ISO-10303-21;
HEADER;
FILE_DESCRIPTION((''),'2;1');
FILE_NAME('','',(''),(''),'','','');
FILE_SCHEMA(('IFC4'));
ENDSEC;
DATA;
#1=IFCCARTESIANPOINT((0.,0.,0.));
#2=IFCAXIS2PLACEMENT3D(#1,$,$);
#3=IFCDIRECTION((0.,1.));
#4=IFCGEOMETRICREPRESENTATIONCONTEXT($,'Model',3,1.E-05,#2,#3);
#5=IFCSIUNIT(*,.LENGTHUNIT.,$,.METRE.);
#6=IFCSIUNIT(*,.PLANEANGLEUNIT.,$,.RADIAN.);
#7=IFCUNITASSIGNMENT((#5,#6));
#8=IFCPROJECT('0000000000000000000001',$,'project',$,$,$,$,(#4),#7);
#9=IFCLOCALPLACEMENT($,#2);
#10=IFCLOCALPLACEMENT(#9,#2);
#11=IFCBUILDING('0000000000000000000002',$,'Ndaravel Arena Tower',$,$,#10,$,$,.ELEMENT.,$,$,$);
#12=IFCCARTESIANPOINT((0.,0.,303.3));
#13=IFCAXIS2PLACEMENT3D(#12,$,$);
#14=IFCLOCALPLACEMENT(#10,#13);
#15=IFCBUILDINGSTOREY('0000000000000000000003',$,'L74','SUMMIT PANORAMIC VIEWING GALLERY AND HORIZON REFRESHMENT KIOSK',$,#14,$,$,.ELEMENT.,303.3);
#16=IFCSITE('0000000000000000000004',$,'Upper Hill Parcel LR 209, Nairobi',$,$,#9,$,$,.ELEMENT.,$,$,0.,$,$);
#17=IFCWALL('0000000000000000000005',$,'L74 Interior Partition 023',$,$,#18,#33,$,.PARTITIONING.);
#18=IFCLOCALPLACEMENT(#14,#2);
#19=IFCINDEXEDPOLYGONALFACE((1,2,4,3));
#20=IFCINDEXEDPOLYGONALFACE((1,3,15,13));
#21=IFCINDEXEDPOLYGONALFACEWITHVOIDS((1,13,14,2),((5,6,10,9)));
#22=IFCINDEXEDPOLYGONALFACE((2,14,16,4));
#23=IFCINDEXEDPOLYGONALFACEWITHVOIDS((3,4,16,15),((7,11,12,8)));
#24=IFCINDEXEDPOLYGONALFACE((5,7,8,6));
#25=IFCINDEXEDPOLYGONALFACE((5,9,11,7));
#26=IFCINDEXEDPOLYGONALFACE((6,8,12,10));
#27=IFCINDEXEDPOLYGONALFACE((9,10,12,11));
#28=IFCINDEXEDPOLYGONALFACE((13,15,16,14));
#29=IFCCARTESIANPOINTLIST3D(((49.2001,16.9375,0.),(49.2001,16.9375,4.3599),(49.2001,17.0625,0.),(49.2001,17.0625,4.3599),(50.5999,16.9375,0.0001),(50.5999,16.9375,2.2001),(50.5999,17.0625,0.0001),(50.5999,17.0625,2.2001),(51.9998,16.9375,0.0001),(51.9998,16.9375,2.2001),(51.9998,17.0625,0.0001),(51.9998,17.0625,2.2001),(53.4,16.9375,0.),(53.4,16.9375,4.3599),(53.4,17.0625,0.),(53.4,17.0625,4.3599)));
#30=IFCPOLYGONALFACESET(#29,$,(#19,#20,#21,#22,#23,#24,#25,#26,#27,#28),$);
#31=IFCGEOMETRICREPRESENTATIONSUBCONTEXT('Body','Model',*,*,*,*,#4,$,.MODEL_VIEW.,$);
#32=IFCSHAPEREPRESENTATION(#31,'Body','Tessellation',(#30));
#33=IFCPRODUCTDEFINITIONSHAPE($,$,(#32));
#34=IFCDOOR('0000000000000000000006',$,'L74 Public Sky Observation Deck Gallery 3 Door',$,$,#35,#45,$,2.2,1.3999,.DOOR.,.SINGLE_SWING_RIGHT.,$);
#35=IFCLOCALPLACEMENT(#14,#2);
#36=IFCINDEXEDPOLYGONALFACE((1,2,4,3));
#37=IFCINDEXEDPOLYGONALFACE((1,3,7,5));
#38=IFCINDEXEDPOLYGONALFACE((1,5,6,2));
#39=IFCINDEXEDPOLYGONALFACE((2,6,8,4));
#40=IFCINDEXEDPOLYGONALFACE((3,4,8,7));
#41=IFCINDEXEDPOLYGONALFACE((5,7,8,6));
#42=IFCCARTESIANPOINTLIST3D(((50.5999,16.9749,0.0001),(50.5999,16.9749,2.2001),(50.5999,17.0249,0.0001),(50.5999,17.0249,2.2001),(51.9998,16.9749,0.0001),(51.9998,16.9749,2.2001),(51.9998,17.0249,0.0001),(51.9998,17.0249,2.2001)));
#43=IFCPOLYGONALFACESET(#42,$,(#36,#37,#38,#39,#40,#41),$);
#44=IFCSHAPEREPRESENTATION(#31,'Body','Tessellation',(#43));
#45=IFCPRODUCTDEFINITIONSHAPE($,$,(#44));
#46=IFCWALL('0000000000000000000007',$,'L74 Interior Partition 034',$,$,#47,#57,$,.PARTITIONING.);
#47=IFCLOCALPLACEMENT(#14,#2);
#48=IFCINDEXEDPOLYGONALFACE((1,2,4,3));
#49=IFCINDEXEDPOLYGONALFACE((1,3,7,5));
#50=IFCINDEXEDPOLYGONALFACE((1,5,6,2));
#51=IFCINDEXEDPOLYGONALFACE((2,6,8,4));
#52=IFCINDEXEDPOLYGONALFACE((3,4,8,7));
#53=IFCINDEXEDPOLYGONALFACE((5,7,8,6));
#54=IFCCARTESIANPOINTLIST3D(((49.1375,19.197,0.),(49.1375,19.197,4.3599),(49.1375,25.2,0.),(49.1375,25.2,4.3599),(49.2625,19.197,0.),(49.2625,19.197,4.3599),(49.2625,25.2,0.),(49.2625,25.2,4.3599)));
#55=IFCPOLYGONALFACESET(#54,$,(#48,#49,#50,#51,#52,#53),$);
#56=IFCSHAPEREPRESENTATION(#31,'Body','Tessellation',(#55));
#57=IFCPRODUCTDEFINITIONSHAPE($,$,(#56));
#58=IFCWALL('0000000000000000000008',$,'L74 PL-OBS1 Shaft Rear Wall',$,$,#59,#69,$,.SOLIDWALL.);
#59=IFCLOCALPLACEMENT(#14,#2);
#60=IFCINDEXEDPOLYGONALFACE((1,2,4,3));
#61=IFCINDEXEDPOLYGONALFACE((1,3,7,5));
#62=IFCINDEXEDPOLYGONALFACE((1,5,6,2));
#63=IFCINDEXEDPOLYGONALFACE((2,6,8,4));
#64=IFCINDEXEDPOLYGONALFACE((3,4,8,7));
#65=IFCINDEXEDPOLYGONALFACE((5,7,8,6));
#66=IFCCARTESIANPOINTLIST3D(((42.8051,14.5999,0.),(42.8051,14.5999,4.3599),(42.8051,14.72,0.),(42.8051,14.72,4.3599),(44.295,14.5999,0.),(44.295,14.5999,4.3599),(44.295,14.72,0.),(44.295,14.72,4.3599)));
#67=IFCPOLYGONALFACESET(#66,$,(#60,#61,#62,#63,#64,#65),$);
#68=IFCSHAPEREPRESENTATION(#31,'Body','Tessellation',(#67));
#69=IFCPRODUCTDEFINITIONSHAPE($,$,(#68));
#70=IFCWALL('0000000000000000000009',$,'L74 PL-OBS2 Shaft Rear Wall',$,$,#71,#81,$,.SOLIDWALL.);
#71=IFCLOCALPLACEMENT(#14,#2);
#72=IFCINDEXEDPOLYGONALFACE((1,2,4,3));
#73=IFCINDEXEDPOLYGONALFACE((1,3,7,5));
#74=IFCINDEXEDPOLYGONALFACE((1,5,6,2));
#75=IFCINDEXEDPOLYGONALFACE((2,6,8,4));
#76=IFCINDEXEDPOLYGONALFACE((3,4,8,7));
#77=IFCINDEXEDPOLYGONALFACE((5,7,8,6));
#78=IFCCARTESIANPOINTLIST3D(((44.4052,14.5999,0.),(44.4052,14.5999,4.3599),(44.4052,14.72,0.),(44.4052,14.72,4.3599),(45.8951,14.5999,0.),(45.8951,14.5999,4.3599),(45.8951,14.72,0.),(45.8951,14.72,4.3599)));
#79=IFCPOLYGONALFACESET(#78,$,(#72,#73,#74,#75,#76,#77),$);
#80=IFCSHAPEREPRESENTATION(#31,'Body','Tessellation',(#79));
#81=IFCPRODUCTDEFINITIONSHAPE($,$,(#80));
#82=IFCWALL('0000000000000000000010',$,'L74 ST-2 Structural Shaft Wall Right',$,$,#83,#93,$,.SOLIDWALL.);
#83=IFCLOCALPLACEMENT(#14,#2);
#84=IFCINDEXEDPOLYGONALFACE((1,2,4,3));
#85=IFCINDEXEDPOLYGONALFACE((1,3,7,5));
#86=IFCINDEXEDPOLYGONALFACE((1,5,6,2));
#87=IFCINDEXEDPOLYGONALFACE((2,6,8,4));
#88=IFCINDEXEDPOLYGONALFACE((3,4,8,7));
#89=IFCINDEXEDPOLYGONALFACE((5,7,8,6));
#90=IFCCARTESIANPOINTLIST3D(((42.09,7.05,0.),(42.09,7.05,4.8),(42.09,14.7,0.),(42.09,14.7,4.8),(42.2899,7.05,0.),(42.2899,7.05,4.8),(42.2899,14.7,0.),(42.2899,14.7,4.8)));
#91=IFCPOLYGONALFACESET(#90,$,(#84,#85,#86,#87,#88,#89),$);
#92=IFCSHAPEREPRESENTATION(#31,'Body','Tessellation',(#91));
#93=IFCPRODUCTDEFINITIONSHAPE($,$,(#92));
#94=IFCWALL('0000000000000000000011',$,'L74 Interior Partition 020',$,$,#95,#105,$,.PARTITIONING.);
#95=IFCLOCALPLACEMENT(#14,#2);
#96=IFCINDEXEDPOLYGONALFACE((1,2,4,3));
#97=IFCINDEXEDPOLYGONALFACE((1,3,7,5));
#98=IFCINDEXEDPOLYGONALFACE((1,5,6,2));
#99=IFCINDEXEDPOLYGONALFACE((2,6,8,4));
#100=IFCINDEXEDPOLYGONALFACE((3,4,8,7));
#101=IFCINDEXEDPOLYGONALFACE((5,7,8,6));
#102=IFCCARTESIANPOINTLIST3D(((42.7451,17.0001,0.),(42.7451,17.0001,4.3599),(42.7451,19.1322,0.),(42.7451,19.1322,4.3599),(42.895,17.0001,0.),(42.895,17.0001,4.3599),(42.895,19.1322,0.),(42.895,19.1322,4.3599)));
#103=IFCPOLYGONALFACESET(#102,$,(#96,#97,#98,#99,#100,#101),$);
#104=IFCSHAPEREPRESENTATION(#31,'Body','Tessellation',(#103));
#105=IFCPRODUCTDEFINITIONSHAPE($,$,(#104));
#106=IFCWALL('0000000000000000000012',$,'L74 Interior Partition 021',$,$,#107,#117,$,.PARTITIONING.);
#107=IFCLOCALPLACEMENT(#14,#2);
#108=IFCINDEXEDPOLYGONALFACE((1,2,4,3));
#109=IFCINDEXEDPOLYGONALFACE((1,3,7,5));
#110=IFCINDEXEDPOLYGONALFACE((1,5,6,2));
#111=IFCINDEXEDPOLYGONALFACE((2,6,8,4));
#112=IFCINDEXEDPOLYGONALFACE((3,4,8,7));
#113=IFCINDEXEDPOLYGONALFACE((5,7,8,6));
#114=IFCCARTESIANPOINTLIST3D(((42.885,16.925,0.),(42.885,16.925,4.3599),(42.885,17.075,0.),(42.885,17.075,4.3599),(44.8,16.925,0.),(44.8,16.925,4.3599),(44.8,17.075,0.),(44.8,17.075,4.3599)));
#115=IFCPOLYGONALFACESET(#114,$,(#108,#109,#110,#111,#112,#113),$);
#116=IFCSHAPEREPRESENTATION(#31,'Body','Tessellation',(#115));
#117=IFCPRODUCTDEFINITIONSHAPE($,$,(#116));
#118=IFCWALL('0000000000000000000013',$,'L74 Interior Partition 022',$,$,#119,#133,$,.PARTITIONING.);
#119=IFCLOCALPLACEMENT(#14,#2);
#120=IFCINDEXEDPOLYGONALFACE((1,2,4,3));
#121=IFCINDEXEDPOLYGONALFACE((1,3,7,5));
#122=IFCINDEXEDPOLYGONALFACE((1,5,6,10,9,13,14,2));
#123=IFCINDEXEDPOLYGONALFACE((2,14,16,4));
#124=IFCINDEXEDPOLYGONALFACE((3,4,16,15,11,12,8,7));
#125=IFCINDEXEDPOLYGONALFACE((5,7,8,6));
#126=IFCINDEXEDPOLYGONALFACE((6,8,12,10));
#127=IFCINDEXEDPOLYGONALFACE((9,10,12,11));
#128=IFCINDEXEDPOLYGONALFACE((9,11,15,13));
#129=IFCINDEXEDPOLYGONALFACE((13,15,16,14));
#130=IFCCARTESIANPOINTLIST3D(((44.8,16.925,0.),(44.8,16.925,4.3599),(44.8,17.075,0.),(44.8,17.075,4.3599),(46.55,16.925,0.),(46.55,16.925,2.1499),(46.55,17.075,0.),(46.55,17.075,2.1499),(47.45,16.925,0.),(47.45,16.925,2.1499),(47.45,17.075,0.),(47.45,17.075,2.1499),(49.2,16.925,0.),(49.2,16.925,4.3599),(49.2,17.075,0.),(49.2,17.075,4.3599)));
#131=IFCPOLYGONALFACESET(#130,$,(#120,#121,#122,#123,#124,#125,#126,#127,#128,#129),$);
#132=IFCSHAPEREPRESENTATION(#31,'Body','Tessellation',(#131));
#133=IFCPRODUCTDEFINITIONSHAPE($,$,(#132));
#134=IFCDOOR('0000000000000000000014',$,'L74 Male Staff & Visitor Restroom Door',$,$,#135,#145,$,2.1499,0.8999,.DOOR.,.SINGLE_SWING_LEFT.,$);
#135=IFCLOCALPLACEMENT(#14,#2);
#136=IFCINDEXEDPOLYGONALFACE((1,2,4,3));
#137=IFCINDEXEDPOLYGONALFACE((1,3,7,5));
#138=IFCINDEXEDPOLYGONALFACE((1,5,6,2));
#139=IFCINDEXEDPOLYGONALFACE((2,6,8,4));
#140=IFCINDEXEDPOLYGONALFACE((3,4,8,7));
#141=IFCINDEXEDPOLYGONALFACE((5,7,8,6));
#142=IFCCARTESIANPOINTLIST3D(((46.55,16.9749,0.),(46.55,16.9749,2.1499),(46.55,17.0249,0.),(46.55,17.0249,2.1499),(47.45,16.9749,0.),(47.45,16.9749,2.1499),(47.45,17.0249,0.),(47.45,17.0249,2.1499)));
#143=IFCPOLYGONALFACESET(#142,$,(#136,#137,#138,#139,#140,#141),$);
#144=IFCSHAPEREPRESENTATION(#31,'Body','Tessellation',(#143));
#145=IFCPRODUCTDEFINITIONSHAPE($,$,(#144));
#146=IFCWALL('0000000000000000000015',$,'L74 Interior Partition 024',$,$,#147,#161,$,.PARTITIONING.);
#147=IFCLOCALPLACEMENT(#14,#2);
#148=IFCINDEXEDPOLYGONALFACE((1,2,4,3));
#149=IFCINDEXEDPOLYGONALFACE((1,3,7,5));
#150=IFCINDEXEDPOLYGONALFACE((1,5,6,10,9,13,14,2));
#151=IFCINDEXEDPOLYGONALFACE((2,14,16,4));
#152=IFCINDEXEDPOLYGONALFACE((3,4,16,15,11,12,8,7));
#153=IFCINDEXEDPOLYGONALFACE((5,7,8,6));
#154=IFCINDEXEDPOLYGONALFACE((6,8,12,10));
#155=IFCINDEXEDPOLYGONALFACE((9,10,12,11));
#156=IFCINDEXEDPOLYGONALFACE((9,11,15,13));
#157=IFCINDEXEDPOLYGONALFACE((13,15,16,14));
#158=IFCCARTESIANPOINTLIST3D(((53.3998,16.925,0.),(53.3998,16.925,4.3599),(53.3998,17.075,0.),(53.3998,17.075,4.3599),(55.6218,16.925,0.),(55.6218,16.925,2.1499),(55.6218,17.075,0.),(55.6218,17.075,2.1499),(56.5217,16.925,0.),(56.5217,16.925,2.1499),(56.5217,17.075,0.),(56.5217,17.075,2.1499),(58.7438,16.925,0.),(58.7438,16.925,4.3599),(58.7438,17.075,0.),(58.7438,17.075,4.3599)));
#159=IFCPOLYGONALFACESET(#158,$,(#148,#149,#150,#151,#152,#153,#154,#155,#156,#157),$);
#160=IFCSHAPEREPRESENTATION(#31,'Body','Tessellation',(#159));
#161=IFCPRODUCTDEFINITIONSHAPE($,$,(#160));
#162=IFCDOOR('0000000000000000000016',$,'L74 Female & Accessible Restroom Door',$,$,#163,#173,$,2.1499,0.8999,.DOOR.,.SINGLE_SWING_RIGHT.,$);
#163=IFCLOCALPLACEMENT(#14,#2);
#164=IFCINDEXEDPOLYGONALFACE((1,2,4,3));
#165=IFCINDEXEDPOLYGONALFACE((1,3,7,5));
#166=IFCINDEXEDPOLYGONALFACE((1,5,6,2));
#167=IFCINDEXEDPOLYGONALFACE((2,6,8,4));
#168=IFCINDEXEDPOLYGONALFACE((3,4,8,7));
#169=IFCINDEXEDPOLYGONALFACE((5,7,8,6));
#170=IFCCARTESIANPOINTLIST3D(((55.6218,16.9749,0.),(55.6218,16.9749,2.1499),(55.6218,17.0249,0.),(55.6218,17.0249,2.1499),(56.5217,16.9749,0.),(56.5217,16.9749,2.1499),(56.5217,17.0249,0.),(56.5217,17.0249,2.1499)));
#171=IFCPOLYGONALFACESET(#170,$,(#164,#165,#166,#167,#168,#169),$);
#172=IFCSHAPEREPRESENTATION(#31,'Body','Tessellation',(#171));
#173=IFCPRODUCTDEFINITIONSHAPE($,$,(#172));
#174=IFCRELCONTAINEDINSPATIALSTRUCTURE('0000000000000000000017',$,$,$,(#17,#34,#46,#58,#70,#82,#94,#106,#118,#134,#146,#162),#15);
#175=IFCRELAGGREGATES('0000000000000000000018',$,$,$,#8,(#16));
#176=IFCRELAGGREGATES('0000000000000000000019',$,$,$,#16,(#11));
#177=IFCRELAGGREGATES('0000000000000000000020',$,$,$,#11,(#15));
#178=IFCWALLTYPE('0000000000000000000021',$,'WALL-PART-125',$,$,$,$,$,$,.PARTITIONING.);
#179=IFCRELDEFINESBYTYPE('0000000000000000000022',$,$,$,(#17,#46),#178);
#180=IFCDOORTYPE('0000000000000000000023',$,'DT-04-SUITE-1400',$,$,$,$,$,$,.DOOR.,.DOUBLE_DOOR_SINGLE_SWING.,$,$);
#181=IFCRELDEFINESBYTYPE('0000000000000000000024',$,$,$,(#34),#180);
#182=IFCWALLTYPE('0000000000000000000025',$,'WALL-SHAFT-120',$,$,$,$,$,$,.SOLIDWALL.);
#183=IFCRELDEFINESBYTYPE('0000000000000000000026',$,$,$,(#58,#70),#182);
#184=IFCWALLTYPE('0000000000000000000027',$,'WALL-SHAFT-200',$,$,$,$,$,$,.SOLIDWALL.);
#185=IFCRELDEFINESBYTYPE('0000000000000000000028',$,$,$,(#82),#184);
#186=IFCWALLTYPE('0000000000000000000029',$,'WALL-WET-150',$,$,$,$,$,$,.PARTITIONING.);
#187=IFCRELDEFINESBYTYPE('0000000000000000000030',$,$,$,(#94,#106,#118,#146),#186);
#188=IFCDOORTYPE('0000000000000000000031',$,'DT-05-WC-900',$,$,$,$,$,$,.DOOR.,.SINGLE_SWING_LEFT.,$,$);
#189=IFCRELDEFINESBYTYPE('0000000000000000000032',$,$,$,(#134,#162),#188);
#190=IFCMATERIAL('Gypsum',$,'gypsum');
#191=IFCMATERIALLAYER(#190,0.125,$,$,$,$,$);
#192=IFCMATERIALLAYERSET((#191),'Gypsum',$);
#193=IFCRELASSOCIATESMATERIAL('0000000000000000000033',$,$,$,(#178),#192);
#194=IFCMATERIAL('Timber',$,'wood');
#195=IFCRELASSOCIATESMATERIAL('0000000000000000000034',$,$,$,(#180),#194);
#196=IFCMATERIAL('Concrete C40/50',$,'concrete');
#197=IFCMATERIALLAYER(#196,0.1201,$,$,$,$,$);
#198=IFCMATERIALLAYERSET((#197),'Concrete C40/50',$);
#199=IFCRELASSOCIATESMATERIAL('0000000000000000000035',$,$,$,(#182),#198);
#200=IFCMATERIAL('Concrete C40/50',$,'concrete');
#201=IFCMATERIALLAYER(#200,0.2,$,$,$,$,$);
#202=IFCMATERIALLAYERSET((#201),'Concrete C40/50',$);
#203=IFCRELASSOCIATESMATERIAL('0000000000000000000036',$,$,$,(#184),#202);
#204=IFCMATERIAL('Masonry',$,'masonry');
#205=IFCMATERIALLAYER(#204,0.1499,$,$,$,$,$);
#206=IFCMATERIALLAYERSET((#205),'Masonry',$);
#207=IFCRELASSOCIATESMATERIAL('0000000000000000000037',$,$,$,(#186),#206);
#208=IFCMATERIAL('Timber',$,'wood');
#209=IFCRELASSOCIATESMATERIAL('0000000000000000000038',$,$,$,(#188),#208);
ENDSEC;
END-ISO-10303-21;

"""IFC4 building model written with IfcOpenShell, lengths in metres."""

from ifc_helpers import new_model, si_unit, direction, frame, frame_2d, origin, place, context, subcontext, project, spatial, rectangle, extrude, material, layer, layer_set, type_object, element, fill, save


model = new_model("IFC4")

# Units and contexts
model_context = context("Model", 3, precision=1e-05, world=origin(), true_north=direction((0.0, 1.0)))
body_context = subcontext(model_context, "Body", "Model", "MODEL_VIEW")
ifc_project = project(units=[si_unit("LENGTHUNIT", "METRE"), si_unit("PLANEANGLEUNIT", "RADIAN")], contexts=[model_context])

# Site, building, storey
site_placement = place(None, origin())
site = spatial("IfcSite", under=ifc_project, at=site_placement, Name="Upper Hill Parcel LR 209, Nairobi", CompositionType="ELEMENT", RefElevation=0.0)
building_placement = place(site_placement, origin())
building = spatial("IfcBuilding", under=site, at=building_placement, Name="Ndaravel Arena Tower", CompositionType="ELEMENT")
storey_placement = place(building_placement, frame((0.0, 0.0, 303.3)))
storey = spatial("IfcBuildingStorey", under=building, at=storey_placement, Name="L74", Description="SUMMIT PANORAMIC VIEWING GALLERY AND HORIZON REFRESHMENT KIOSK", CompositionType="ELEMENT", Elevation=303.3)

# Shared definitions
ifc_material_1 = material(Name="Gypsum", Category="gypsum")
ifc_layer_1 = layer(ifc_material_1, 0.125)
ifc_layer_set_1 = layer_set([ifc_layer_1], Name="Gypsum")
wall_type_1 = type_object("IfcWallType", Name="WALL-PART-125", PredefinedType="PARTITIONING", material=ifc_layer_set_1)

# Wall, opening, door
wall_1_placement = place(storey_placement, frame((49.2, 17.0, 0.0), z_axis=(0.0, 0.0, 1.0), x_axis=(1.0, 0.0, 0.0)))
wall_1 = element("IfcWall", 1, at=wall_1_placement, inside=storey, type_object=wall_type_1, Name="L74 Interior Partition 023", PredefinedType="PARTITIONING", context=body_context, shape_type="SweptSolid", body=[
    extrude(rectangle(XDim=4.2, YDim=0.125, at=frame_2d((2.1001, 0.0))), origin(), (0.0, 0.0, 1.0), 4.3599),
])
opening_1_placement = place(wall_1_placement, frame((1.3999, 0.0, 0.0)))
opening_1 = element("IfcOpeningElement", 2, at=opening_1_placement, cuts=wall_1, PredefinedType="OPENING", context=body_context, shape_type="SweptSolid", body=[
    extrude(rectangle(XDim=1.3999, YDim=2.2, at=frame_2d((0.7, 1.1001))), frame((0.0, 0.0625, 0.0), z_axis=(0.0, -1.0, 0.0), x_axis=(1.0, 0.0, 0.0)), (0.0, 0.0, 1.0), 0.125),
])
ifc_material_2 = material(Name="Timber", Category="wood")
door_type_1 = type_object("IfcDoorType", Name="DT-04-SUITE-1400", OperationType="DOUBLE_DOOR_SINGLE_SWING", PredefinedType="DOOR", material=ifc_material_2)
door_1_placement = place(opening_1_placement, origin())
door_1 = element("IfcDoor", 3, at=door_1_placement, inside=storey, type_object=door_type_1, Name="L74 Public Sky Observation Deck Gallery 3 Door", OperationType="SINGLE_SWING_RIGHT", OverallHeight=2.2, OverallWidth=1.3999, PredefinedType="DOOR", context=body_context, shape_type="SweptSolid", body=[
    extrude(rectangle(XDim=1.3999, YDim=2.2, at=frame_2d((0.7, 1.1001))), frame((0.0, 0.0249, 0.0), z_axis=(0.0, -1.0, 0.0), x_axis=(1.0, 0.0, 0.0)), (0.0, 0.0, 1.0), 0.05),
])
fill(opening_1, door_1)

# Walls
wall_2_placement = place(storey_placement, frame((49.2, 19.197, 0.0), z_axis=(0.0, 0.0, 1.0), x_axis=(0.0, 1.0, 0.0)))
element("IfcWall", 4, at=wall_2_placement, inside=storey, type_object=wall_type_1, Name="L74 Interior Partition 034", PredefinedType="PARTITIONING", context=body_context, shape_type="SweptSolid", body=[
    extrude(rectangle(XDim=6.0029, YDim=0.125, at=frame_2d((3.0015, 0.0))), origin(), (0.0, 0.0, 1.0), 4.3599),
])
ifc_material_3 = material(Name="Concrete C40/50", Category="concrete")
ifc_layer_2 = layer(ifc_material_3, 0.1201)
ifc_layer_set_2 = layer_set([ifc_layer_2], Name="Concrete C40/50")
wall_type_2 = type_object("IfcWallType", Name="WALL-SHAFT-120", PredefinedType="SOLIDWALL", material=ifc_layer_set_2)
for number, where, z_axis, x_axis, name in (
    (5, (42.8049, 14.6599, 0.0), (0.0, 0.0, 1.0), (1.0, 0.0, 0.0), "L74 PL-OBS1 Shaft Rear Wall"),
    (6, (44.405, 14.6599, 0.0), (0.0, 0.0, 1.0), (1.0, 0.0, 0.0), "L74 PL-OBS2 Shaft Rear Wall"),
):
    element("IfcWall", number, at=place(storey_placement, frame(where, z_axis=z_axis, x_axis=x_axis)), inside=storey, type_object=wall_type_2, Name=name, PredefinedType="SOLIDWALL", context=body_context, shape_type="SweptSolid", body=[
        extrude(rectangle(XDim=1.49, YDim=0.1201, at=frame_2d((0.7451, 0.0))), origin(), (0.0, 0.0, 1.0), 4.3599),
    ])
ifc_material_4 = material(Name="Concrete C40/50", Category="concrete")
ifc_layer_3 = layer(ifc_material_4, 0.2)
ifc_layer_set_3 = layer_set([ifc_layer_3], Name="Concrete C40/50")
wall_type_3 = type_object("IfcWallType", Name="WALL-SHAFT-200", PredefinedType="SOLIDWALL", material=ifc_layer_set_3)
wall_3_placement = place(storey_placement, frame((42.1899, 14.7, 0.0), z_axis=(0.0, 0.0, 1.0), x_axis=(0.0, -1.0, 0.0)))
element("IfcWall", 7, at=wall_3_placement, inside=storey, type_object=wall_type_3, Name="L74 ST-2 Structural Shaft Wall Right", PredefinedType="SOLIDWALL", context=body_context, shape_type="SweptSolid", body=[
    extrude(rectangle(XDim=7.6499, YDim=0.2, at=frame_2d((3.825, 0.0))), origin(), (0.0, 0.0, 1.0), 4.8),
])
ifc_material_5 = material(Name="Masonry", Category="masonry")
ifc_layer_4 = layer(ifc_material_5, 0.1499)
ifc_layer_set_4 = layer_set([ifc_layer_4], Name="Masonry")
wall_type_4 = type_object("IfcWallType", Name="WALL-WET-150", PredefinedType="PARTITIONING", material=ifc_layer_set_4)
wall_4_placement = place(storey_placement, frame((42.8201, 19.1321, 0.0), z_axis=(0.0, 0.0, 1.0), x_axis=(0.0, -1.0, 0.0)))
element("IfcWall", 8, at=wall_4_placement, inside=storey, type_object=wall_type_4, Name="L74 Interior Partition 020", PredefinedType="PARTITIONING", context=body_context, shape_type="SweptSolid", body=[
    extrude(rectangle(XDim=2.1321, YDim=0.1499, at=frame_2d((1.0659, 0.0))), origin(), (0.0, 0.0, 1.0), 4.3599),
])
wall_5_placement = place(storey_placement, frame((42.885, 17.0, 0.0), z_axis=(0.0, 0.0, 1.0), x_axis=(1.0, 0.0, 0.0)))
element("IfcWall", 9, at=wall_5_placement, inside=storey, type_object=wall_type_4, Name="L74 Interior Partition 021", PredefinedType="PARTITIONING", context=body_context, shape_type="SweptSolid", body=[
    extrude(rectangle(XDim=1.915, YDim=0.1499, at=frame_2d((0.9575, 0.0))), origin(), (0.0, 0.0, 1.0), 4.3599),
])

# Walls, openings, doors
wall_6_placement = place(storey_placement, frame((44.8, 17.0, 0.0), z_axis=(0.0, 0.0, 1.0), x_axis=(1.0, 0.0, 0.0)))
wall_6 = element("IfcWall", 10, at=wall_6_placement, inside=storey, type_object=wall_type_4, Name="L74 Interior Partition 022", PredefinedType="PARTITIONING", context=body_context, shape_type="SweptSolid", body=[
    extrude(rectangle(XDim=4.3999, YDim=0.1499, at=frame_2d((2.2, 0.0))), origin(), (0.0, 0.0, 1.0), 4.3599),
])
opening_2_placement = place(wall_6_placement, frame((1.75, 0.0, 0.0)))
opening_2 = element("IfcOpeningElement", 11, at=opening_2_placement, cuts=wall_6, PredefinedType="OPENING", context=body_context, shape_type="SweptSolid", body=[
    extrude(rectangle(XDim=0.8999, YDim=2.1499, at=frame_2d((0.45, 1.075))), frame((0.0, 0.075, 0.0), z_axis=(0.0, -1.0, 0.0), x_axis=(1.0, 0.0, 0.0)), (0.0, 0.0, 1.0), 0.1499),
])
ifc_material_6 = material(Name="Timber", Category="wood")
door_type_2 = type_object("IfcDoorType", Name="DT-05-WC-900", OperationType="SINGLE_SWING_LEFT", PredefinedType="DOOR", material=ifc_material_6)
door_2_placement = place(opening_2_placement, origin())
door_2 = element("IfcDoor", 12, at=door_2_placement, inside=storey, type_object=door_type_2, Name="L74 Male Staff & Visitor Restroom Door", OperationType="SINGLE_SWING_LEFT", OverallHeight=2.1499, OverallWidth=0.8999, PredefinedType="DOOR", context=body_context, shape_type="SweptSolid", body=[
    extrude(rectangle(XDim=0.8999, YDim=2.1499, at=frame_2d((0.45, 1.075))), frame((0.0, 0.0249, 0.0), z_axis=(0.0, -1.0, 0.0), x_axis=(1.0, 0.0, 0.0)), (0.0, 0.0, 1.0), 0.05),
])
fill(opening_2, door_2)
wall_7_placement = place(storey_placement, frame((53.3999, 17.0, 0.0), z_axis=(0.0, 0.0, 1.0), x_axis=(1.0, 0.0, 0.0)))
wall_7 = element("IfcWall", 13, at=wall_7_placement, inside=storey, type_object=wall_type_4, Name="L74 Interior Partition 024", PredefinedType="PARTITIONING", context=body_context, shape_type="SweptSolid", body=[
    extrude(rectangle(XDim=5.344, YDim=0.1499, at=frame_2d((2.6719, 0.0))), origin(), (0.0, 0.0, 1.0), 4.3599),
])
opening_3_placement = place(wall_7_placement, frame((2.2219, 0.0, 0.0)))
opening_3 = element("IfcOpeningElement", 14, at=opening_3_placement, cuts=wall_7, PredefinedType="OPENING", context=body_context, shape_type="SweptSolid", body=[
    extrude(rectangle(XDim=0.8999, YDim=2.1499, at=frame_2d((0.45, 1.075))), frame((0.0, 0.075, 0.0), z_axis=(0.0, -1.0, 0.0), x_axis=(1.0, 0.0, 0.0)), (0.0, 0.0, 1.0), 0.1499),
])
door_3_placement = place(opening_3_placement, origin())
door_3 = element("IfcDoor", 15, at=door_3_placement, inside=storey, type_object=door_type_2, Name="L74 Female & Accessible Restroom Door", OperationType="SINGLE_SWING_RIGHT", OverallHeight=2.1499, OverallWidth=0.8999, PredefinedType="DOOR", context=body_context, shape_type="SweptSolid", body=[
    extrude(rectangle(XDim=0.8999, YDim=2.1499, at=frame_2d((0.45, 1.075))), frame((0.0, 0.0249, 0.0), z_axis=(0.0, -1.0, 0.0), x_axis=(1.0, 0.0, 0.0)), (0.0, 0.0, 1.0), 0.05),
])
fill(opening_3, door_3)

save(model, "model.ifc")
